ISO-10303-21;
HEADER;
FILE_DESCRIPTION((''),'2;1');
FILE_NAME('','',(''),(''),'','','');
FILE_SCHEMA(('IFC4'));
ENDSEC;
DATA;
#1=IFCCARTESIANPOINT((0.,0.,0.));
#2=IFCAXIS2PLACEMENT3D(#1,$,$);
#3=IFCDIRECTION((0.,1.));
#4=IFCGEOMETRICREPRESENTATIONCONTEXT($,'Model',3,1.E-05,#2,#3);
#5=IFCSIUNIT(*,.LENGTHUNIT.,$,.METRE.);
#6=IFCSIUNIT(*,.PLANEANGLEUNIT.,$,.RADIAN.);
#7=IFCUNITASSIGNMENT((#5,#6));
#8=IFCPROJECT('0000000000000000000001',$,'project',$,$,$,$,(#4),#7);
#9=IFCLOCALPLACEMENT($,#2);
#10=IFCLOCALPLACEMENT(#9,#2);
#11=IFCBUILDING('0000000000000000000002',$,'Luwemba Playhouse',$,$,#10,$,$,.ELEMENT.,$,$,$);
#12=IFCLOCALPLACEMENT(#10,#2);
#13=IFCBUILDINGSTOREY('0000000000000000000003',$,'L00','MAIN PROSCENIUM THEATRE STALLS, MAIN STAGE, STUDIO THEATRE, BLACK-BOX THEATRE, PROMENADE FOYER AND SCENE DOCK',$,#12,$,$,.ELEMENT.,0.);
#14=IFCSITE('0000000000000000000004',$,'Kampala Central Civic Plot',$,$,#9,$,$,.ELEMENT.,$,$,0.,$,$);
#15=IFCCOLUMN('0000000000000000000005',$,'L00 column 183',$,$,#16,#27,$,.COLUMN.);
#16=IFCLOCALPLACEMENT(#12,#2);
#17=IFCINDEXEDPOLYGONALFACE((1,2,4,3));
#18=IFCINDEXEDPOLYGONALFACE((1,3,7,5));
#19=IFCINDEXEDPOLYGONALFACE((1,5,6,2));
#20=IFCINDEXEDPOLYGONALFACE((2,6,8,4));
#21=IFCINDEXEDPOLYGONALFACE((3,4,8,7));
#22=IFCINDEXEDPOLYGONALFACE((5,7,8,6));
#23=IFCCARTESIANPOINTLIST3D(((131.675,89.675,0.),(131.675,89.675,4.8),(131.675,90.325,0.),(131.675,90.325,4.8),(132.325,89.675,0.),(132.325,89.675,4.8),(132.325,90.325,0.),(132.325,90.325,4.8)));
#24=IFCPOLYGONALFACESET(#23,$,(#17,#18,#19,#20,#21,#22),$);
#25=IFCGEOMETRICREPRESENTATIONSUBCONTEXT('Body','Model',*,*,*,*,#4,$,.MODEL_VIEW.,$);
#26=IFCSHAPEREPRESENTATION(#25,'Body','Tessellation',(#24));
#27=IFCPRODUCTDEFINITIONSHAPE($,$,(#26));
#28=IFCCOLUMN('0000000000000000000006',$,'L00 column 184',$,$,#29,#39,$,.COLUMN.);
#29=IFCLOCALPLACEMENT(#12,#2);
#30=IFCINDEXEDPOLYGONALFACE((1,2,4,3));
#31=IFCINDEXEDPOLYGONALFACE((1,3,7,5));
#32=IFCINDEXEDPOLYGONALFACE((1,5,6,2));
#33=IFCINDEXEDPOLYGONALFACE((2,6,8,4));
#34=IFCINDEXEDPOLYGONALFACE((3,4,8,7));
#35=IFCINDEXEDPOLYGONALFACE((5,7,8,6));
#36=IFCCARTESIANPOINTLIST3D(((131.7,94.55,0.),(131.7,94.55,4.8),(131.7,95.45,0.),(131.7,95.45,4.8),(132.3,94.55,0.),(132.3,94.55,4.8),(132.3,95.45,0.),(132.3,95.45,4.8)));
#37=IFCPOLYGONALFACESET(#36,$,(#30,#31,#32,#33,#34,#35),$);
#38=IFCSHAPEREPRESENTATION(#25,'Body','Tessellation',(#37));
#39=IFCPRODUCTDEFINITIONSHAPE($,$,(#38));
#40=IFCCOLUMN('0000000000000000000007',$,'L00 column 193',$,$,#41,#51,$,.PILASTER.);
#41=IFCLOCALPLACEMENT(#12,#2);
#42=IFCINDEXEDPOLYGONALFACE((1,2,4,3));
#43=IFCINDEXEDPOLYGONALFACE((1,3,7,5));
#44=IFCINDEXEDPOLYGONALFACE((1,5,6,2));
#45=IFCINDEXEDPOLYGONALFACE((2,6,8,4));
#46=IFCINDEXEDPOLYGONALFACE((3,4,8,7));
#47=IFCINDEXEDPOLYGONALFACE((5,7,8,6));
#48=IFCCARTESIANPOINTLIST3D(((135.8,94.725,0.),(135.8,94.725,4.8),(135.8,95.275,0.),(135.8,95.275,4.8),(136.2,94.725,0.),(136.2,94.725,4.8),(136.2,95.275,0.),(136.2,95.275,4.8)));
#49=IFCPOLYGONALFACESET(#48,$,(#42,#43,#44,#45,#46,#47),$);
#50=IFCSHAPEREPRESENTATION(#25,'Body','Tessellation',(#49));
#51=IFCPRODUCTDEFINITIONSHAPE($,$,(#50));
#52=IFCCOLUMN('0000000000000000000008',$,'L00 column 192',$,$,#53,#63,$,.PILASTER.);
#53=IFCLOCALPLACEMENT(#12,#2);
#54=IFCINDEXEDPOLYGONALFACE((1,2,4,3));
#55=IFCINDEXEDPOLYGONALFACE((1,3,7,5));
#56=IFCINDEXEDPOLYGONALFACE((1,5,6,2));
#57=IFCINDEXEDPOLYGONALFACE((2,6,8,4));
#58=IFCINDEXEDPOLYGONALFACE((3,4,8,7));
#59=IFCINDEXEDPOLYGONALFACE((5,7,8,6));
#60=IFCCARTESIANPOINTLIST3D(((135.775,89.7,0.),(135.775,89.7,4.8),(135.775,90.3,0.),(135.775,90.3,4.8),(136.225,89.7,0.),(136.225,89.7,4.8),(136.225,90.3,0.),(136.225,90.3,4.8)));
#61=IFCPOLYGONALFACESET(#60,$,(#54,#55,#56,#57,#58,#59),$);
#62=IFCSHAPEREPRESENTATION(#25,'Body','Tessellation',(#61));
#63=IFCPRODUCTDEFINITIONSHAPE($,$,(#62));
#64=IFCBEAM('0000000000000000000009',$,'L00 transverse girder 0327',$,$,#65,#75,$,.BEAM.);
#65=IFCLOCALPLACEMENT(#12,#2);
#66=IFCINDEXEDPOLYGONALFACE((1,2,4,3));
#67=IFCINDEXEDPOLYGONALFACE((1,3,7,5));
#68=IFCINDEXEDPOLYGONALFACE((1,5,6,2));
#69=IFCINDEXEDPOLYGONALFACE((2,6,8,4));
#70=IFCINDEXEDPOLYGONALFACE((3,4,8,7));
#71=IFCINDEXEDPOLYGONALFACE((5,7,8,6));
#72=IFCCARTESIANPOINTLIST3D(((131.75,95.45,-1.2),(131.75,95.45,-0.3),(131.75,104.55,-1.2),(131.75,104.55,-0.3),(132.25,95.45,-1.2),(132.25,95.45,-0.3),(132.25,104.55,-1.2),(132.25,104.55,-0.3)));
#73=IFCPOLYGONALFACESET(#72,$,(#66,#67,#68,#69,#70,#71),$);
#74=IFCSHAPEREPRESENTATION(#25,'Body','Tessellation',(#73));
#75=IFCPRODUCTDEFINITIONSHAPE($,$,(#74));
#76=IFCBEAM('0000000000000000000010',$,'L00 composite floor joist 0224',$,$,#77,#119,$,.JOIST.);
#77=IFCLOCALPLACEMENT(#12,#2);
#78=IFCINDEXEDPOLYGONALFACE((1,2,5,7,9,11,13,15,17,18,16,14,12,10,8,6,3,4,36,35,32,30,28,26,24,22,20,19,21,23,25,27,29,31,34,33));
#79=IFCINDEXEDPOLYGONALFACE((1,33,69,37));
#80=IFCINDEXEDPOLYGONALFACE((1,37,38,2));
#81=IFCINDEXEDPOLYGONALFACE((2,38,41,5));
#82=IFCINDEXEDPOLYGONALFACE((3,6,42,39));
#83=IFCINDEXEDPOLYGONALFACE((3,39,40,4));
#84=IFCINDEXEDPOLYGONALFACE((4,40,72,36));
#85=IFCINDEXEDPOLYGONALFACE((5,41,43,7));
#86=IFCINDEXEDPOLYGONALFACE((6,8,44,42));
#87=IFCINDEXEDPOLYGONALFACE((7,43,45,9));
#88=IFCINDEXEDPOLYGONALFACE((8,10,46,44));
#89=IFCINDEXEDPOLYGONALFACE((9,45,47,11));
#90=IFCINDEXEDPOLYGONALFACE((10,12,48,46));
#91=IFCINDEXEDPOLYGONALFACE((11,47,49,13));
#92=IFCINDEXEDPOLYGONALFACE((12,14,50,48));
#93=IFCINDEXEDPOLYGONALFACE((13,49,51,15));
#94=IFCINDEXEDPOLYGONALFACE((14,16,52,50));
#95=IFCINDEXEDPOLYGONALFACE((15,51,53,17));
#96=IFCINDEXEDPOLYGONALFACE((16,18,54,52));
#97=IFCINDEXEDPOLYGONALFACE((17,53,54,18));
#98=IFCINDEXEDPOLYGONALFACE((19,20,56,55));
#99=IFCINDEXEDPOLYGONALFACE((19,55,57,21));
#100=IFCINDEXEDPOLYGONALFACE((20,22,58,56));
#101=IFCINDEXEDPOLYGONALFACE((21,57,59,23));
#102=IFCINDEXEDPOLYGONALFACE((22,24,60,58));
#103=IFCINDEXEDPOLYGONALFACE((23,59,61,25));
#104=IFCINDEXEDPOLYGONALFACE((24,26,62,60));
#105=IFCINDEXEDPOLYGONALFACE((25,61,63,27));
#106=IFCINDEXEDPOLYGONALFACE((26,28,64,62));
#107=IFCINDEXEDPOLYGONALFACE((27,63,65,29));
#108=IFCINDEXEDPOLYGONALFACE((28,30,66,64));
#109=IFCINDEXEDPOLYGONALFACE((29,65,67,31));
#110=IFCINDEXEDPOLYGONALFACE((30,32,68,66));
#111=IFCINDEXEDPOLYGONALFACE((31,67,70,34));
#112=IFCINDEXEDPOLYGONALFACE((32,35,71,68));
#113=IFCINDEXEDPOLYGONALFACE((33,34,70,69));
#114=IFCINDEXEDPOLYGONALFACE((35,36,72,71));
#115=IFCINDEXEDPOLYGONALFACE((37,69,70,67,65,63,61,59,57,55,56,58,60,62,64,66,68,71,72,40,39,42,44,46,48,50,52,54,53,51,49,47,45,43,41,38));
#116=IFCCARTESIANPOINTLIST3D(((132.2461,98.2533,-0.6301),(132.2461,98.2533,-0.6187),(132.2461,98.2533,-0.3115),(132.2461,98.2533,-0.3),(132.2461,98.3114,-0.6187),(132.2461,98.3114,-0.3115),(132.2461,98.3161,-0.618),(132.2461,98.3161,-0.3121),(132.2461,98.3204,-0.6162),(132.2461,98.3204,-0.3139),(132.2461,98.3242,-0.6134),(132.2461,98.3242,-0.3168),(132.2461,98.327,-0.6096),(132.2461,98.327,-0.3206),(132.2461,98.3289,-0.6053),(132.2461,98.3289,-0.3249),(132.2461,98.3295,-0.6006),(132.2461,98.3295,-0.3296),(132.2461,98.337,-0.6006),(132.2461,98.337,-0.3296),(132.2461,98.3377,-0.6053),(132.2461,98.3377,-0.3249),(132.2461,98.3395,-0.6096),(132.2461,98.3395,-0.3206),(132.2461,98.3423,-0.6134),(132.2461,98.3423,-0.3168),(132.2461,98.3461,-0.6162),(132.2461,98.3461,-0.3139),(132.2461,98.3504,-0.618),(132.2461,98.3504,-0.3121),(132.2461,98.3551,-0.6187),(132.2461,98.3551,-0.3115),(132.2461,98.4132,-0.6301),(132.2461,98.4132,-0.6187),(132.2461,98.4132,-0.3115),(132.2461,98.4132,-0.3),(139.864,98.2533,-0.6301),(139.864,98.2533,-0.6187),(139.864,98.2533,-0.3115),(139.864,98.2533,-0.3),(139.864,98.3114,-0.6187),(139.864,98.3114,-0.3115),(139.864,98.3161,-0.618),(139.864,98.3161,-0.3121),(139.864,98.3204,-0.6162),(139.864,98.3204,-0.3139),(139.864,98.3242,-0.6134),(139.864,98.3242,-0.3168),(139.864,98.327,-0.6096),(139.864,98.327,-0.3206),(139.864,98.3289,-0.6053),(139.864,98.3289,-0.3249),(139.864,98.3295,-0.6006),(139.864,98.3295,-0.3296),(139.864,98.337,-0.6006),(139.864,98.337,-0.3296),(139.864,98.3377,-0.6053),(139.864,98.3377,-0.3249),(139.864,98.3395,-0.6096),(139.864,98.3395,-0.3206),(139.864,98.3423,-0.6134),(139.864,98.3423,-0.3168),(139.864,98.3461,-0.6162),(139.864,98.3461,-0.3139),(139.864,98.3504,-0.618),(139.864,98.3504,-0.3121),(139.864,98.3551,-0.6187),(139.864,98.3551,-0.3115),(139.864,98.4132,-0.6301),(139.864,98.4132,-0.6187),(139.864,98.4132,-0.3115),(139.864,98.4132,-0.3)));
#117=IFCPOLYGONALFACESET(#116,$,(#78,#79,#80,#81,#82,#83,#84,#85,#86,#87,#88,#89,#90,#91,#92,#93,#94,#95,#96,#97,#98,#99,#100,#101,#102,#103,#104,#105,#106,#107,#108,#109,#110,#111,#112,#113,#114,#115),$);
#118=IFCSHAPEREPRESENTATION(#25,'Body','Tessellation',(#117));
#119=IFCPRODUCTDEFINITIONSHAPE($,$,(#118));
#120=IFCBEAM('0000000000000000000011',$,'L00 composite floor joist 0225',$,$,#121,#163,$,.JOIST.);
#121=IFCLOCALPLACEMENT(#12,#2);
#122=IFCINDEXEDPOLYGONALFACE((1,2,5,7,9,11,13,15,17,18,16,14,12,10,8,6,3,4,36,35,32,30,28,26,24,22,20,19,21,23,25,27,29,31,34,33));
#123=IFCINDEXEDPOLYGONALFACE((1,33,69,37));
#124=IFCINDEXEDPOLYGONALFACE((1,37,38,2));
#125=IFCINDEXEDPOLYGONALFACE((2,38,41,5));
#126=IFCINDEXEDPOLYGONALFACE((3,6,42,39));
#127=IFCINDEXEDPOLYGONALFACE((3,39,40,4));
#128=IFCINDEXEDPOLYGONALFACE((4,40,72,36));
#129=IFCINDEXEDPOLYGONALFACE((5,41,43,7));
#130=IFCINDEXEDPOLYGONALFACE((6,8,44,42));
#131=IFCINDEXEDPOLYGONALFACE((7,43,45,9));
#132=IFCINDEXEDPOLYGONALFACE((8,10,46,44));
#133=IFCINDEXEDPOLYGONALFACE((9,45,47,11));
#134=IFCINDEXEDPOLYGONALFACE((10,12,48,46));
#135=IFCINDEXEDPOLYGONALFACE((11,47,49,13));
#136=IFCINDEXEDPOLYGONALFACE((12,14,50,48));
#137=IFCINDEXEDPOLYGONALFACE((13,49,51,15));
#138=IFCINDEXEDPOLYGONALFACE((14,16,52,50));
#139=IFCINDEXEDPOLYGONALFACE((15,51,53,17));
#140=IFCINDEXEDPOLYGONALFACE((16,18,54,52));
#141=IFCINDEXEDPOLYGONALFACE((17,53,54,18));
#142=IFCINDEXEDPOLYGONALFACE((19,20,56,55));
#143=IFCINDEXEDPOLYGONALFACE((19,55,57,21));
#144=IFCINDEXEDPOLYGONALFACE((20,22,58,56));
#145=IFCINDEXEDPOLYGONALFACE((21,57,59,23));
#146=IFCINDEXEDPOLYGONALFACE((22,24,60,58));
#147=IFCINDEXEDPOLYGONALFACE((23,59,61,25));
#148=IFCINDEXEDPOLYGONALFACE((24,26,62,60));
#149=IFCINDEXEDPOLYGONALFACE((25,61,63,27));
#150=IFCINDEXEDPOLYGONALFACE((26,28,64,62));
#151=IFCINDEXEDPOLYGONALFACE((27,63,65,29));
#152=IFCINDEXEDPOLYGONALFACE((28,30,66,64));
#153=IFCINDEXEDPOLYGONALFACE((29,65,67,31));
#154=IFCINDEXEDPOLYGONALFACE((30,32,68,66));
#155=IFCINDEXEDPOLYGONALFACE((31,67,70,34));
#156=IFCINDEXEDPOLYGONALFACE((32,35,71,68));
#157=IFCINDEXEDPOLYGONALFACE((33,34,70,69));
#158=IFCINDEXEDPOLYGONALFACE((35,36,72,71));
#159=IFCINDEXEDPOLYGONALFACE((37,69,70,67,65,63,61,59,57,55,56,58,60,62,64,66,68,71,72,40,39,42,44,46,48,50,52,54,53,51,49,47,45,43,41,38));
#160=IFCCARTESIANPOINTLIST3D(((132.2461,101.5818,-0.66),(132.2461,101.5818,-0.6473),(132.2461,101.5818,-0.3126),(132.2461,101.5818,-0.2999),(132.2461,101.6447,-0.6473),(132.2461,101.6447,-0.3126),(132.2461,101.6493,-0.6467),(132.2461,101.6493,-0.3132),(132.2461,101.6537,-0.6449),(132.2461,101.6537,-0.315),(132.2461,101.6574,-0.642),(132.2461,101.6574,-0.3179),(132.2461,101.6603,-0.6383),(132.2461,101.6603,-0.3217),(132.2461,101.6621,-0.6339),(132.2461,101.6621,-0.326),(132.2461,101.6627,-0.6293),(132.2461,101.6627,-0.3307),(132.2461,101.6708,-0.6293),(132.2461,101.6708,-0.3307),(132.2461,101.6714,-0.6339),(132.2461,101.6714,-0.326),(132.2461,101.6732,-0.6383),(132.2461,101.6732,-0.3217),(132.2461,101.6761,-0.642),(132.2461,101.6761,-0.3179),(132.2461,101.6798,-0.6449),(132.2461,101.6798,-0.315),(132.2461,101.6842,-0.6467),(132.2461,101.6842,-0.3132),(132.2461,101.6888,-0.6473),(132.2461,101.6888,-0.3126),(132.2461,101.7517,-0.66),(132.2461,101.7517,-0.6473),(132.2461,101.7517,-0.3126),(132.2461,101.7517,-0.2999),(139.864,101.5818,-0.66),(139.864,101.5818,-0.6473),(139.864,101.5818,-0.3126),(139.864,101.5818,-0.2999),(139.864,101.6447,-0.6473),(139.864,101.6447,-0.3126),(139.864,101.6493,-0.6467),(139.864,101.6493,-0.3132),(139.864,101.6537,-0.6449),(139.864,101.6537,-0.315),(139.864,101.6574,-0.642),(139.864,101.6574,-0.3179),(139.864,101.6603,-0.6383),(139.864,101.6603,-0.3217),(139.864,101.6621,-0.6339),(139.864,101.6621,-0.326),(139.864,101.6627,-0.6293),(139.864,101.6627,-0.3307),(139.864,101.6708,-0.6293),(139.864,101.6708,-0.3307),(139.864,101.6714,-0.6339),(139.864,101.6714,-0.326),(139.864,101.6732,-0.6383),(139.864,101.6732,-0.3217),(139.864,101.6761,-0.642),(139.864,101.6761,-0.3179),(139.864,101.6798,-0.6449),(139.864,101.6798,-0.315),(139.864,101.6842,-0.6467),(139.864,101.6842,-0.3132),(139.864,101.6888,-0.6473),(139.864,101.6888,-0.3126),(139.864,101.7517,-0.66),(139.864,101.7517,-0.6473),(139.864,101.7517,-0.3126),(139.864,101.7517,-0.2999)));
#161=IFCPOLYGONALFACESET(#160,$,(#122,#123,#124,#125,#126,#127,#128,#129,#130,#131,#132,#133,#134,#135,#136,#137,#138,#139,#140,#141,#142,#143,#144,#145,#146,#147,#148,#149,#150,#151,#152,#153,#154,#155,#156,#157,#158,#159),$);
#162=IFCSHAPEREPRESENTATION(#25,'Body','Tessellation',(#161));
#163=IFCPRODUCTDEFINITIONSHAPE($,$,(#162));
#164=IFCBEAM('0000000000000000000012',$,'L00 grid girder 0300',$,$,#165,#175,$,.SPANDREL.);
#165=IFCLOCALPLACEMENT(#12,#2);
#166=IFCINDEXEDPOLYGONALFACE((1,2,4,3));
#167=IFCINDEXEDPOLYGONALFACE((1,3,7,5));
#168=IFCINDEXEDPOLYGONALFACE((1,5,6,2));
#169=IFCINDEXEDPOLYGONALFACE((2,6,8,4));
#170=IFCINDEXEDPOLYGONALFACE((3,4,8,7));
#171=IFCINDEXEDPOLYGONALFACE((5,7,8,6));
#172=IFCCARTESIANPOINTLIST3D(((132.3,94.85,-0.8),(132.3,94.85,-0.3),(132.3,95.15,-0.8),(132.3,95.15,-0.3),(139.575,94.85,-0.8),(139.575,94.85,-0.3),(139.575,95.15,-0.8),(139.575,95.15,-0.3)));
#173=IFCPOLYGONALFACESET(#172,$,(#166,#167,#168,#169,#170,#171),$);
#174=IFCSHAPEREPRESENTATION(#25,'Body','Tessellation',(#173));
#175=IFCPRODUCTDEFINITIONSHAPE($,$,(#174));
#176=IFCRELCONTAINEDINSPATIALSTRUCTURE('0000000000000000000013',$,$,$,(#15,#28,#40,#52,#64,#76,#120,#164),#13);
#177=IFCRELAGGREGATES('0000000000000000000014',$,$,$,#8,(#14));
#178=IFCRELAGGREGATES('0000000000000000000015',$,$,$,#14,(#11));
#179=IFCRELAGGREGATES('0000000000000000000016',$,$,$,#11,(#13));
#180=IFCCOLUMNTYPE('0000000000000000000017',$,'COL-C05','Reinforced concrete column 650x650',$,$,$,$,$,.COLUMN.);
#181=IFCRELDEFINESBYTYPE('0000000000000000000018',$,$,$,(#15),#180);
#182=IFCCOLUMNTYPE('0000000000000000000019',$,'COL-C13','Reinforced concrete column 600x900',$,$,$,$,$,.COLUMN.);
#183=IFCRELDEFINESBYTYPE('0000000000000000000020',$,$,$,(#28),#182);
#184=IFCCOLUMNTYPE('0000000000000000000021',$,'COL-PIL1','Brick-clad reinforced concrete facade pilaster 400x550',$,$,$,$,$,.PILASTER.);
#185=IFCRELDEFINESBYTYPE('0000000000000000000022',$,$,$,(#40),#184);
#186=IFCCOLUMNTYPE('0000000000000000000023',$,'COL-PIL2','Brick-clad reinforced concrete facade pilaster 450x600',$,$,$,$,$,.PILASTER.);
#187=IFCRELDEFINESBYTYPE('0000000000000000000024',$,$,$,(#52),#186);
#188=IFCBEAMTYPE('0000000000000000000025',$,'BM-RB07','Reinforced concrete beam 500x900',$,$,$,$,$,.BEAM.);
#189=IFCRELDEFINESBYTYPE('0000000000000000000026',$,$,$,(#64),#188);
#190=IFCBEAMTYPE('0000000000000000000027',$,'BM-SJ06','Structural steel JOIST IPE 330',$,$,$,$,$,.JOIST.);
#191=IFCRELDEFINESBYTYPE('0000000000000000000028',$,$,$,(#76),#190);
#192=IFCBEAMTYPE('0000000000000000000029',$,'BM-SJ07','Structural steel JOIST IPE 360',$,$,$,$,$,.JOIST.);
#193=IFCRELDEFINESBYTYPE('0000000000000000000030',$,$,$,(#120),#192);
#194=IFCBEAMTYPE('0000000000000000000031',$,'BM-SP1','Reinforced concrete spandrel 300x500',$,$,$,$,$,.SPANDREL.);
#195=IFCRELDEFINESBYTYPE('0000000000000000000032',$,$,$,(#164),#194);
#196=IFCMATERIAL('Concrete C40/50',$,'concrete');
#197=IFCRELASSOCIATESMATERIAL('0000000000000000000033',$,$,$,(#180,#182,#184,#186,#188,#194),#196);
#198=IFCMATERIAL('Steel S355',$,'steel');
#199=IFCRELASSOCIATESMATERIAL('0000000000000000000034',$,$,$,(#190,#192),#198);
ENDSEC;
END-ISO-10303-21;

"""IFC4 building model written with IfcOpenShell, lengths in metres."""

from ifc_helpers import new_model, si_unit, direction, frame, origin, origin_2d, place, context, subcontext, project, spatial, rectangle, i_section, extrude, material, material_profile, profile_set, type_object, element, save


model = new_model("IFC4")

# Units and contexts
model_context = context("Model", 3, precision=1e-05, world=origin(), true_north=direction((0.0, 1.0)))
body_context = subcontext(model_context, "Body", "Model", "MODEL_VIEW")
ifc_project = project(units=[si_unit("LENGTHUNIT", "METRE"), si_unit("PLANEANGLEUNIT", "RADIAN")], contexts=[model_context])

# Site, building, storey
site_placement = place(None, origin())
site = spatial("IfcSite", under=ifc_project, at=site_placement, Name="Kampala Central Civic Plot", CompositionType="ELEMENT", RefElevation=0.0)
building_placement = place(site_placement, origin())
building = spatial("IfcBuilding", under=site, at=building_placement, Name="Luwemba Playhouse", CompositionType="ELEMENT")
storey_placement = place(building_placement, origin())
storey = spatial("IfcBuildingStorey", under=building, at=storey_placement, Name="L00", Description="MAIN PROSCENIUM THEATRE STALLS, MAIN STAGE, STUDIO THEATRE, BLACK-BOX THEATRE, PROMENADE FOYER AND SCENE DOCK", CompositionType="ELEMENT", Elevation=0.0)

# Columns
ifc_material_1 = material(Name="Concrete C40/50", Category="concrete")
ifc_material_profile_1 = material_profile(ifc_material_1, rectangle(XDim=0.6499, YDim=0.6499, at=origin_2d()))
ifc_profile_set_1 = profile_set([ifc_material_profile_1], Name="Concrete C40/50")
column_type_1 = type_object("IfcColumnType", Name="COL-C05", Description="Reinforced concrete column 650x650", PredefinedType="COLUMN", material=ifc_profile_set_1)
column_1_placement = place(storey_placement, frame((132.0, 90.0, 0.0), z_axis=(0.0, 0.0, 1.0), x_axis=(1.0, 0.0, 0.0)))
element("IfcColumn", 1, at=column_1_placement, inside=storey, type_object=column_type_1, Name="L00 column 183", PredefinedType="COLUMN", context=body_context, shape_type="SweptSolid", body=[
    extrude(rectangle(XDim=0.6499, YDim=0.6499, at=origin_2d()), origin(), (0.0, 0.0, 1.0), 4.8),
])
ifc_material_profile_2 = material_profile(ifc_material_1, rectangle(XDim=0.6001, YDim=0.8999, at=origin_2d()))
ifc_profile_set_2 = profile_set([ifc_material_profile_2], Name="Concrete C40/50")
column_type_2 = type_object("IfcColumnType", Name="COL-C13", Description="Reinforced concrete column 600x900", PredefinedType="COLUMN", material=ifc_profile_set_2)
column_2_placement = place(storey_placement, frame((132.0, 95.0, 0.0), z_axis=(0.0, 0.0, 1.0), x_axis=(1.0, 0.0, 0.0)))
element("IfcColumn", 2, at=column_2_placement, inside=storey, type_object=column_type_2, Name="L00 column 184", PredefinedType="COLUMN", context=body_context, shape_type="SweptSolid", body=[
    extrude(rectangle(XDim=0.6001, YDim=0.8999, at=origin_2d()), origin(), (0.0, 0.0, 1.0), 4.8),
])
ifc_material_profile_3 = material_profile(ifc_material_1, rectangle(XDim=0.3999, YDim=0.55, at=origin_2d()))
ifc_profile_set_3 = profile_set([ifc_material_profile_3], Name="Concrete C40/50")
column_type_3 = type_object("IfcColumnType", Name="COL-PIL1", Description="Brick-clad reinforced concrete facade pilaster 400x550", PredefinedType="PILASTER", material=ifc_profile_set_3)
column_3_placement = place(storey_placement, frame((136.0, 95.0, 0.0), z_axis=(0.0, 0.0, 1.0), x_axis=(1.0, 0.0, 0.0)))
element("IfcColumn", 3, at=column_3_placement, inside=storey, type_object=column_type_3, Name="L00 column 193", PredefinedType="PILASTER", context=body_context, shape_type="SweptSolid", body=[
    extrude(rectangle(XDim=0.3999, YDim=0.55, at=origin_2d()), origin(), (0.0, 0.0, 1.0), 4.8),
])
ifc_material_profile_4 = material_profile(ifc_material_1, rectangle(XDim=0.45, YDim=0.6001, at=origin_2d()))
ifc_profile_set_4 = profile_set([ifc_material_profile_4], Name="Concrete C40/50")
column_type_4 = type_object("IfcColumnType", Name="COL-PIL2", Description="Brick-clad reinforced concrete facade pilaster 450x600", PredefinedType="PILASTER", material=ifc_profile_set_4)
column_4_placement = place(storey_placement, frame((136.0, 90.0, 0.0), z_axis=(0.0, 0.0, 1.0), x_axis=(1.0, 0.0, 0.0)))
element("IfcColumn", 4, at=column_4_placement, inside=storey, type_object=column_type_4, Name="L00 column 192", PredefinedType="PILASTER", context=body_context, shape_type="SweptSolid", body=[
    extrude(rectangle(XDim=0.45, YDim=0.6001, at=origin_2d()), origin(), (0.0, 0.0, 1.0), 4.8),
])

# Beams
ifc_material_profile_5 = material_profile(ifc_material_1, rectangle(XDim=0.5, YDim=0.8999, at=origin_2d()))
ifc_profile_set_5 = profile_set([ifc_material_profile_5], Name="Concrete C40/50")
beam_type_1 = type_object("IfcBeamType", Name="BM-RB07", Description="Reinforced concrete beam 500x900", PredefinedType="BEAM", material=ifc_profile_set_5)
beam_1_placement = place(storey_placement, frame((132.0, 95.45, -0.75), z_axis=(0.0, 1.0, 0.0), x_axis=(-1.0, 0.0, 0.0)))
element("IfcBeam", 5, at=beam_1_placement, inside=storey, type_object=beam_type_1, Name="L00 transverse girder 0327", PredefinedType="BEAM", context=body_context, shape_type="SweptSolid", body=[
    extrude(rectangle(XDim=0.5, YDim=0.8999, at=origin_2d()), origin(), (0.0, 0.0, 1.0), 9.1001),
])
ifc_material_2 = material(Name="Steel S355", Category="steel")
ifc_material_profile_6 = material_profile(ifc_material_2, i_section(OverallWidth=0.1599, OverallDepth=0.3301, WebThickness=0.0076, FlangeThickness=0.0115, FilletRadius=0.0181, at=origin_2d()))
ifc_profile_set_6 = profile_set([ifc_material_profile_6], Name="Steel S355")
beam_type_2 = type_object("IfcBeamType", Name="BM-SJ06", Description="Structural steel JOIST IPE 330", PredefinedType="JOIST", material=ifc_profile_set_6)
beam_2_placement = place(storey_placement, frame((132.2461, 98.3333, -0.4651), z_axis=(1.0, 0.0, 0.0), x_axis=(0.0, 1.0, 0.0)))
element("IfcBeam", 6, at=beam_2_placement, inside=storey, type_object=beam_type_2, Name="L00 composite floor joist 0224", PredefinedType="JOIST", context=body_context, shape_type="SweptSolid", body=[
    extrude(i_section(OverallWidth=0.1599, OverallDepth=0.3301, WebThickness=0.0076, FlangeThickness=0.0115, FilletRadius=0.0181, at=origin_2d()), origin(), (0.0, 0.0, 1.0), 7.6179),
])
ifc_material_profile_7 = material_profile(ifc_material_2, i_section(OverallWidth=0.1699, OverallDepth=0.3601, WebThickness=0.0081, FlangeThickness=0.0127, FilletRadius=0.0181, at=origin_2d()))
ifc_profile_set_7 = profile_set([ifc_material_profile_7], Name="Steel S355")
beam_type_3 = type_object("IfcBeamType", Name="BM-SJ07", Description="Structural steel JOIST IPE 360", PredefinedType="JOIST", material=ifc_profile_set_7)
beam_3_placement = place(storey_placement, frame((132.2461, 101.6667, -0.48), z_axis=(1.0, 0.0, 0.0), x_axis=(0.0, 1.0, 0.0)))
element("IfcBeam", 7, at=beam_3_placement, inside=storey, type_object=beam_type_3, Name="L00 composite floor joist 0225", PredefinedType="JOIST", context=body_context, shape_type="SweptSolid", body=[
    extrude(i_section(OverallWidth=0.1699, OverallDepth=0.3601, WebThickness=0.0081, FlangeThickness=0.0127, FilletRadius=0.0181, at=origin_2d()), origin(), (0.0, 0.0, 1.0), 7.6179),
])
ifc_material_profile_8 = material_profile(ifc_material_1, rectangle(XDim=0.3, YDim=0.5, at=origin_2d()))
ifc_profile_set_8 = profile_set([ifc_material_profile_8], Name="Concrete C40/50")
beam_type_4 = type_object("IfcBeamType", Name="BM-SP1", Description="Reinforced concrete spandrel 300x500", PredefinedType="SPANDREL", material=ifc_profile_set_8)
beam_4_placement = place(storey_placement, frame((132.3, 95.0, -0.55), z_axis=(1.0, 0.0, 0.0), x_axis=(0.0, 1.0, 0.0)))
element("IfcBeam", 8, at=beam_4_placement, inside=storey, type_object=beam_type_4, Name="L00 grid girder 0300", PredefinedType="SPANDREL", context=body_context, shape_type="SweptSolid", body=[
    extrude(rectangle(XDim=0.3, YDim=0.5, at=origin_2d()), origin(), (0.0, 0.0, 1.0), 7.2749),
])

save(model, "model.ifc")
